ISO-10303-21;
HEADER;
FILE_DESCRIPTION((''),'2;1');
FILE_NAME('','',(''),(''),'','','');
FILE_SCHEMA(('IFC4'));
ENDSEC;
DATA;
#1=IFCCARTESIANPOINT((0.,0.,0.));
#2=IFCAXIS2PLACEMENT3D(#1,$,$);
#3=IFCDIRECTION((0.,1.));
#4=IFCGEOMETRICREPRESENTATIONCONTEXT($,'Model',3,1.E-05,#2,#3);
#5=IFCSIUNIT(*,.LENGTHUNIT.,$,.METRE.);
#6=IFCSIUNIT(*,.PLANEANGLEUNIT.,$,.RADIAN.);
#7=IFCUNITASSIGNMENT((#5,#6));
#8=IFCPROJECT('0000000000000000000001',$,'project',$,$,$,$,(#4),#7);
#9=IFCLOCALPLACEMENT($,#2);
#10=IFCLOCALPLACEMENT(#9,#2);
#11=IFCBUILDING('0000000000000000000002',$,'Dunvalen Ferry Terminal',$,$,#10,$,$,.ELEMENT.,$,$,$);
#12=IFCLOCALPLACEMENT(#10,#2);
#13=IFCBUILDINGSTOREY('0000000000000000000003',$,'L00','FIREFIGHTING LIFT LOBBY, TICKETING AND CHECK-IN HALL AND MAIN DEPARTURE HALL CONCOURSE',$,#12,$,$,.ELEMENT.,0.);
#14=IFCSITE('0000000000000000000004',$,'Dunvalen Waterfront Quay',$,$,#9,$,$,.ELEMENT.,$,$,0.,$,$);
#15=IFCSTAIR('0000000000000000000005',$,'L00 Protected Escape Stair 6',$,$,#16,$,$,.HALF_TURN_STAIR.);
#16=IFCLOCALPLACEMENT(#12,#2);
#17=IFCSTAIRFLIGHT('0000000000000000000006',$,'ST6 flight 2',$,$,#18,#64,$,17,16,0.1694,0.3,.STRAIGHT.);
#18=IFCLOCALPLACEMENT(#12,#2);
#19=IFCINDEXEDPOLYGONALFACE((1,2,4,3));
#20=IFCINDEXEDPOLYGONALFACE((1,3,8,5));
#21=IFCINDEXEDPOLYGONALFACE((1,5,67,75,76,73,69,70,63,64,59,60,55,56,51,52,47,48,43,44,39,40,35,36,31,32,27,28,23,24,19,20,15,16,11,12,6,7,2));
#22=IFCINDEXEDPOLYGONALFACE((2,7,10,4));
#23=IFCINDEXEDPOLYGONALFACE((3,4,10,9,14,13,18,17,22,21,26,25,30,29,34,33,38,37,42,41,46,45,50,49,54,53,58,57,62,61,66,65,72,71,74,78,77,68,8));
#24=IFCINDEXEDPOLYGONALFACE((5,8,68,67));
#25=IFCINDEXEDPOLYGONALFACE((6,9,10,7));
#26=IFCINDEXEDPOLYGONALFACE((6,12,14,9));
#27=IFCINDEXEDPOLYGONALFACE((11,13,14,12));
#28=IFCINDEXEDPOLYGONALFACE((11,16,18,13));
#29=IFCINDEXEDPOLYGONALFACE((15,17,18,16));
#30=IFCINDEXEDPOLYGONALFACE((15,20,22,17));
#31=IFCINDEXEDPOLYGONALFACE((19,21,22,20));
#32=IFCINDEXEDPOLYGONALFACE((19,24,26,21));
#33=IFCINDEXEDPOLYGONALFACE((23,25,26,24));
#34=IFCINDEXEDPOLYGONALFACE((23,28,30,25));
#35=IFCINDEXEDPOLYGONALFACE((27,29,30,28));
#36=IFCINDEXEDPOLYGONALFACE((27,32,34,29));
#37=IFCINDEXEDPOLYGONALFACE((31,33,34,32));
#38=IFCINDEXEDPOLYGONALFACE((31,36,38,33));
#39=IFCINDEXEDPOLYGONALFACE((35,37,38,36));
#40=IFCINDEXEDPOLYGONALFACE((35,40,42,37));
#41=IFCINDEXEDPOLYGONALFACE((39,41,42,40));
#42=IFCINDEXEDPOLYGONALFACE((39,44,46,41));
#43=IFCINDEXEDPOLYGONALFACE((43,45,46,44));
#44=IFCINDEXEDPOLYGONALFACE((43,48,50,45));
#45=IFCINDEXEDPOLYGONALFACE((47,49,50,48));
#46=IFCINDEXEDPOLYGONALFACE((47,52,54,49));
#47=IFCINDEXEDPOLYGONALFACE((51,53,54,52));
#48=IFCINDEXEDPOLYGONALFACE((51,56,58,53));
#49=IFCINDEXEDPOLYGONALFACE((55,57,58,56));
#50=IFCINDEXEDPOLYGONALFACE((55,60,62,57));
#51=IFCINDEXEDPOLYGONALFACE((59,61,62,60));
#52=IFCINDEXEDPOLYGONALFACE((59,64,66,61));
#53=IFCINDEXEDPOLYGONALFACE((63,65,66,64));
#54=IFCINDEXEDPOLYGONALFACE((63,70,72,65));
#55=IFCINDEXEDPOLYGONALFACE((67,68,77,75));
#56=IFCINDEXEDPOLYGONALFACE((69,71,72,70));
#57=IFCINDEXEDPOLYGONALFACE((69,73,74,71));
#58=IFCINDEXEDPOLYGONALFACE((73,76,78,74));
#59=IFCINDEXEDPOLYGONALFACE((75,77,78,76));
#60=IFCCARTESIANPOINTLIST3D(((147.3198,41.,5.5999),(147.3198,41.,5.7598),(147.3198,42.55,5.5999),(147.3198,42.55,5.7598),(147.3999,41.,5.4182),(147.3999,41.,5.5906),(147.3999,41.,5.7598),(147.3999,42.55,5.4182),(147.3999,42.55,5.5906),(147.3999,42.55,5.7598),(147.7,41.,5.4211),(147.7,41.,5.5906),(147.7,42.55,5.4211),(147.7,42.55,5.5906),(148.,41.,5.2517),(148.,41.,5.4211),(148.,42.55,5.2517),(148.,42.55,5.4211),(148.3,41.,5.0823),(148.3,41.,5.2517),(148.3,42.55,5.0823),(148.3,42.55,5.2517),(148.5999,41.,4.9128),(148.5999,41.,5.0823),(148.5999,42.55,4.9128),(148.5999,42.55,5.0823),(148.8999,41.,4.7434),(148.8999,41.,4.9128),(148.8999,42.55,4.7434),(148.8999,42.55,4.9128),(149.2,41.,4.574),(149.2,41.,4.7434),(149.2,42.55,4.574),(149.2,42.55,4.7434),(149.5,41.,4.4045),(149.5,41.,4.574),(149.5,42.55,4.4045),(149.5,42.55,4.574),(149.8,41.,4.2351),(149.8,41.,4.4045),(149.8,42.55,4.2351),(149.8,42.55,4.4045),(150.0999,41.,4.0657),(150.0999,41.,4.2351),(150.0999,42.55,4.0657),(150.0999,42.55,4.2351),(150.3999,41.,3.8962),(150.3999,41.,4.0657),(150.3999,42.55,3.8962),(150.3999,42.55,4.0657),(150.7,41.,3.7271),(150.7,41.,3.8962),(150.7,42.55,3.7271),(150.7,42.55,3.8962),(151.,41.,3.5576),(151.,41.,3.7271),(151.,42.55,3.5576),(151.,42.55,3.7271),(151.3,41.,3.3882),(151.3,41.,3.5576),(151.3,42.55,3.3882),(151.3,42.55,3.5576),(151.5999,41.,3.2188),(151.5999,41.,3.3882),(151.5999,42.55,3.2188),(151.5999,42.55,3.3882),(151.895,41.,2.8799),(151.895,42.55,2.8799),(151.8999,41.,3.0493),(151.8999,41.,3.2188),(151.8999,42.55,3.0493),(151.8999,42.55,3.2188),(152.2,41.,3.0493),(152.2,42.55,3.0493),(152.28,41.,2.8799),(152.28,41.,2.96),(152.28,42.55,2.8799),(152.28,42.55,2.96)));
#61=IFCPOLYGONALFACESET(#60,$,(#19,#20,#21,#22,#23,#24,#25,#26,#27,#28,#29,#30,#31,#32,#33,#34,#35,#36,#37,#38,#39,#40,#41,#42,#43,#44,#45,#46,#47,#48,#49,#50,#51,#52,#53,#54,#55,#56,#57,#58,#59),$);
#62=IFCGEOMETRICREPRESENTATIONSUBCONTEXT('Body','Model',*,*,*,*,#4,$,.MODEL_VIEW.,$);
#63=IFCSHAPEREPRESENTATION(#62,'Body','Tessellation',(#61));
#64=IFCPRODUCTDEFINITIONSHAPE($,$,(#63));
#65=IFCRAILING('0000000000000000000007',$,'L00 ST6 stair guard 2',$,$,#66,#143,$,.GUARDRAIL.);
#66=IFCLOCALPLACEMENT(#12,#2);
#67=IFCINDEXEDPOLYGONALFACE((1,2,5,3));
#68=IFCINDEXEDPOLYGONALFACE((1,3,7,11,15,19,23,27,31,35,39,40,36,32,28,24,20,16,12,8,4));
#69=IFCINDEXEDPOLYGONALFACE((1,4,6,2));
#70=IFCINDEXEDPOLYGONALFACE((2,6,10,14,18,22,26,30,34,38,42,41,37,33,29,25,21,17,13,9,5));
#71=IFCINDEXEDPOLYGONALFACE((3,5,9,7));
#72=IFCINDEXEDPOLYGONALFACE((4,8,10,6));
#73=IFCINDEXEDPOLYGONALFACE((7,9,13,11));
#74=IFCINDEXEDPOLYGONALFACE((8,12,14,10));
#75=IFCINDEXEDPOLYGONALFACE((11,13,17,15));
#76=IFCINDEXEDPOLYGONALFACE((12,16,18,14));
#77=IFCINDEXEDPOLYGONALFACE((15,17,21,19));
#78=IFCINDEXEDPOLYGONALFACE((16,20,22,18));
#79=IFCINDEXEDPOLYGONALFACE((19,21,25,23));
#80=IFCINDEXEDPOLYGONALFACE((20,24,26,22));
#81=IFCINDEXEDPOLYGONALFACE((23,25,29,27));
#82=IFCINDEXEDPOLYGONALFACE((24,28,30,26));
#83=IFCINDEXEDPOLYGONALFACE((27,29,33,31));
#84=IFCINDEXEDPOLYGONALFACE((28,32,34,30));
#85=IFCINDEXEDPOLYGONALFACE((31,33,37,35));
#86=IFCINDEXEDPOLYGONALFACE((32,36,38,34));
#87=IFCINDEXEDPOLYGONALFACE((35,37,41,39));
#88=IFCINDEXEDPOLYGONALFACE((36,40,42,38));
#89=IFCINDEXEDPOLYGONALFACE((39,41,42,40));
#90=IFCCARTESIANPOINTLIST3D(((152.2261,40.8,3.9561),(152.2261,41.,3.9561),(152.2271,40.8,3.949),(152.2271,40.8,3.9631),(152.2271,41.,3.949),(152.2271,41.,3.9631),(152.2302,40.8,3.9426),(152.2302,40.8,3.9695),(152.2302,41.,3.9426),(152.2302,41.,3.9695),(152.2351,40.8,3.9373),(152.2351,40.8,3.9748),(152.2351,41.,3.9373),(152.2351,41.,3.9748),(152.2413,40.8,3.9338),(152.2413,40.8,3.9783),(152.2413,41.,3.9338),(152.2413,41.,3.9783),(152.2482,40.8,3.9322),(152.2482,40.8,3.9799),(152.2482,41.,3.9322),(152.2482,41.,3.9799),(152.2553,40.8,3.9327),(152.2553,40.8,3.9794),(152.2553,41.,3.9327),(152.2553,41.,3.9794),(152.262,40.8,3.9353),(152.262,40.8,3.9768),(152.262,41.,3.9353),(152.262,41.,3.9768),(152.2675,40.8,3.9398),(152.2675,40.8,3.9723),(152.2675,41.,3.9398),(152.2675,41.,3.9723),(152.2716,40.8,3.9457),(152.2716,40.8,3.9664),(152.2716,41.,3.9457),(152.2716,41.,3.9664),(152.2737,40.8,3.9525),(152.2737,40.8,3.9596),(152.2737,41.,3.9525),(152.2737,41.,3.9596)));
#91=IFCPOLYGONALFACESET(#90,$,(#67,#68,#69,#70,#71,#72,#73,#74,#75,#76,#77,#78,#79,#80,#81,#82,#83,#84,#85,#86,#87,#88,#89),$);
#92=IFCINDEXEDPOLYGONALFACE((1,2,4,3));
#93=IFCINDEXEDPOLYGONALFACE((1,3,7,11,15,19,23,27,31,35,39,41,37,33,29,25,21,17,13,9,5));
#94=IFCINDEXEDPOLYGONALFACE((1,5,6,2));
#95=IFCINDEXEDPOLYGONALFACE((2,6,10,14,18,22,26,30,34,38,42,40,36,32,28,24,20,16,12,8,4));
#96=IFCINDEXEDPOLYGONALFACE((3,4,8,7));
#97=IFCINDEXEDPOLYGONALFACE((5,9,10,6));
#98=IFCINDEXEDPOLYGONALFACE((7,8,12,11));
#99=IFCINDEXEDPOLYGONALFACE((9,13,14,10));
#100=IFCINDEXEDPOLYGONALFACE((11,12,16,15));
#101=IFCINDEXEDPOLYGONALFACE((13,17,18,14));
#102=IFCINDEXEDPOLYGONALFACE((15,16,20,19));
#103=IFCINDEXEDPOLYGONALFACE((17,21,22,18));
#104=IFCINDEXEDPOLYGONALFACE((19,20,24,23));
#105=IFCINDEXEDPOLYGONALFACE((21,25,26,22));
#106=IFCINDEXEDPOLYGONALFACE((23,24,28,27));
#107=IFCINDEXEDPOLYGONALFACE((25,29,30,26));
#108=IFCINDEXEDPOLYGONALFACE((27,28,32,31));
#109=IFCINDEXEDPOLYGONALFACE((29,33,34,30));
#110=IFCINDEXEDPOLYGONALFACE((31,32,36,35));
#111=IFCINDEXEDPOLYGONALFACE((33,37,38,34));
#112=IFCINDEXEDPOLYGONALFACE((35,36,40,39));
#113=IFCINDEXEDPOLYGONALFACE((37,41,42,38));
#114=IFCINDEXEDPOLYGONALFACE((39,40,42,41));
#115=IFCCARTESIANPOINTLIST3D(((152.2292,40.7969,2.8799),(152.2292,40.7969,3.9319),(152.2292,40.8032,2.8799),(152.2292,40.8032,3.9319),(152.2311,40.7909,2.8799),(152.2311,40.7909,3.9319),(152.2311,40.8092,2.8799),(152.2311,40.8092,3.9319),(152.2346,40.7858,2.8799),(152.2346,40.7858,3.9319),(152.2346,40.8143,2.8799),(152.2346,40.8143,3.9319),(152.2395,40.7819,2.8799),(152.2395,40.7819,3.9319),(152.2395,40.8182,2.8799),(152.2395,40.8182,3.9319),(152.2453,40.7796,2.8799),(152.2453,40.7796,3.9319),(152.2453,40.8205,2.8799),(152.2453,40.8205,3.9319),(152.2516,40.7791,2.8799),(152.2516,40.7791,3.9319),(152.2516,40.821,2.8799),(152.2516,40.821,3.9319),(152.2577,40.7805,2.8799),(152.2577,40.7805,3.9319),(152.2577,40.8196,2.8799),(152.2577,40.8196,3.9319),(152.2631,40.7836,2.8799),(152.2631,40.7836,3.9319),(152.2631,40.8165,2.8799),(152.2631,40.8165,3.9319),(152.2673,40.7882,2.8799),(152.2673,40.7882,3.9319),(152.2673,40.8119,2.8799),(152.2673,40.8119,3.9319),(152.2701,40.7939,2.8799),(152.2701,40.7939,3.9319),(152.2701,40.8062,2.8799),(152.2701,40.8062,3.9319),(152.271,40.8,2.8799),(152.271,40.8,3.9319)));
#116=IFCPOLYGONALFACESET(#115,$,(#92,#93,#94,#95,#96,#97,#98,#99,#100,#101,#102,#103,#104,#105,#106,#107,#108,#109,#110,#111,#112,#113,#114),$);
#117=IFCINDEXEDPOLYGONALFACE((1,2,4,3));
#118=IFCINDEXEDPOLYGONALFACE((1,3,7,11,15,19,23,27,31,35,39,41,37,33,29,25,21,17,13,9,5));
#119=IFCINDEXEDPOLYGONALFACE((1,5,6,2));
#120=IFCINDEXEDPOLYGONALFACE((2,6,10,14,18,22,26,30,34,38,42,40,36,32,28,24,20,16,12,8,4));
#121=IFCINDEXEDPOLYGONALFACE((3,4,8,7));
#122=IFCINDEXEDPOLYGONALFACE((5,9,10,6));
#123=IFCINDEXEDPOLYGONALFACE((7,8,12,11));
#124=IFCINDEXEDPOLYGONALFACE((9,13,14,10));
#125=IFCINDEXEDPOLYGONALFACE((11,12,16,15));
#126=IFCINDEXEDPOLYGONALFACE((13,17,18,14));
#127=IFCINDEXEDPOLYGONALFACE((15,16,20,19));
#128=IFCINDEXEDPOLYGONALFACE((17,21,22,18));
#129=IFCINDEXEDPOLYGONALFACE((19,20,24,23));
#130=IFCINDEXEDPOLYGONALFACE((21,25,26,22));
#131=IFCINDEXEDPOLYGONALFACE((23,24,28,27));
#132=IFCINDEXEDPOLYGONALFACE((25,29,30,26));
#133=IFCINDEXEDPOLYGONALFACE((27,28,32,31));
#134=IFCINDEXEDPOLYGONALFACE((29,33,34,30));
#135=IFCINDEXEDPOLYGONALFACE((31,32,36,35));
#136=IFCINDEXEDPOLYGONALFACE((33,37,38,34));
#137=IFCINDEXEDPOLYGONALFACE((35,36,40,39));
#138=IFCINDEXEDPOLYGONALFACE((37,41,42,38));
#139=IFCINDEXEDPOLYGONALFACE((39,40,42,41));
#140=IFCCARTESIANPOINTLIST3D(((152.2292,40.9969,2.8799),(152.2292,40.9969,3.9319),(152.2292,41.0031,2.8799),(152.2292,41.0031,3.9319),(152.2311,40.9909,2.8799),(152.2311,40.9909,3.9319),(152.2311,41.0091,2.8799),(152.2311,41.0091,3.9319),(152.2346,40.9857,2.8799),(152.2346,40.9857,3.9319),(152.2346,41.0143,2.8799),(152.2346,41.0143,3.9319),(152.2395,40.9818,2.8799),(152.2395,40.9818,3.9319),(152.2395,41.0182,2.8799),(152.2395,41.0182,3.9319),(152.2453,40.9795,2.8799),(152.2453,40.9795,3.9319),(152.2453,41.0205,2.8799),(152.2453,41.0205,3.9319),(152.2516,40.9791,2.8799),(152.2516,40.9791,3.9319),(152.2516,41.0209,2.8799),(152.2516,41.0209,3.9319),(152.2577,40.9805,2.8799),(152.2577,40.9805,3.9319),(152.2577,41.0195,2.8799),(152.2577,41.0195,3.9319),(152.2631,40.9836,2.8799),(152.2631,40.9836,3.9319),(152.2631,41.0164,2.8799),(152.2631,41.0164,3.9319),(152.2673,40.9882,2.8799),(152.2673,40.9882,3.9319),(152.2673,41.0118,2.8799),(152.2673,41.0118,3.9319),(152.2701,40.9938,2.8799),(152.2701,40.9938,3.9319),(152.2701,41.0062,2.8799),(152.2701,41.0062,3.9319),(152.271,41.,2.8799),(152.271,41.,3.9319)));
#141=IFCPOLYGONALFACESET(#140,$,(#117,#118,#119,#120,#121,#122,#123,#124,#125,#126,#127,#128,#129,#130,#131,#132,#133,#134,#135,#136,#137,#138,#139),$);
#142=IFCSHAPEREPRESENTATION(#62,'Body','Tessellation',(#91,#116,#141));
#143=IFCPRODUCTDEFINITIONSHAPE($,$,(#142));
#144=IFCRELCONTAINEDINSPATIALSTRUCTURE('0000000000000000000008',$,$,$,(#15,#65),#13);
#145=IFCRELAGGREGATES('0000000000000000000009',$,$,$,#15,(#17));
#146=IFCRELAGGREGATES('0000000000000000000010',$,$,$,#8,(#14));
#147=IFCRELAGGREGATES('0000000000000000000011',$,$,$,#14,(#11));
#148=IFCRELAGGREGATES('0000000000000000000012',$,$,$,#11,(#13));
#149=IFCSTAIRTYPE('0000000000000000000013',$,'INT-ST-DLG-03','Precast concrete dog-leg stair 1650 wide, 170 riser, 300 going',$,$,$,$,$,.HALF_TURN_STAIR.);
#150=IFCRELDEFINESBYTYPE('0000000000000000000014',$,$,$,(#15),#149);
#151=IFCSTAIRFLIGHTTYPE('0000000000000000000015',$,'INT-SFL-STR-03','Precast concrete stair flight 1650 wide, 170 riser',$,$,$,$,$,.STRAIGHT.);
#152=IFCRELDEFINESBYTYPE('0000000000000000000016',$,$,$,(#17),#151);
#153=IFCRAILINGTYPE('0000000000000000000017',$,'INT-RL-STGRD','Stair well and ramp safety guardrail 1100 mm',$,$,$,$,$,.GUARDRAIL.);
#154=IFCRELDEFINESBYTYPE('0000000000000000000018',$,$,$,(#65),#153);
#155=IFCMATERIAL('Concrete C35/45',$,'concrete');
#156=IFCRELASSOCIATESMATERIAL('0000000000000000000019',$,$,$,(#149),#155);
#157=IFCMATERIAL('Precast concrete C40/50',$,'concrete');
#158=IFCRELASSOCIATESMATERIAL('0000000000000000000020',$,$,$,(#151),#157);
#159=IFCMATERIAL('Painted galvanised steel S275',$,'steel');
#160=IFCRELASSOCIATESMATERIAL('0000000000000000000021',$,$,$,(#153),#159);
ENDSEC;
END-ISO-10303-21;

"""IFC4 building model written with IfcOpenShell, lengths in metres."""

from ifc_helpers import new_model, si_unit, direction, frame, origin, origin_2d, place, context, subcontext, project, spatial, polyline, circle, outline, extrude, material, type_object, element, aggregate, save


model = new_model("IFC4")

# Units and contexts
model_context = context("Model", 3, precision=1e-05, world=origin(), true_north=direction((0.0, 1.0)))
body_context = subcontext(model_context, "Body", "Model", "MODEL_VIEW")
ifc_project = project(units=[si_unit("LENGTHUNIT", "METRE"), si_unit("PLANEANGLEUNIT", "RADIAN")], contexts=[model_context])

# Site, building, storey
site_placement = place(None, origin())
site = spatial("IfcSite", under=ifc_project, at=site_placement, Name="Dunvalen Waterfront Quay", CompositionType="ELEMENT", RefElevation=0.0)
building_placement = place(site_placement, origin())
building = spatial("IfcBuilding", under=site, at=building_placement, Name="Dunvalen Ferry Terminal", CompositionType="ELEMENT")
storey_placement = place(building_placement, origin())
storey = spatial("IfcBuildingStorey", under=building, at=storey_placement, Name="L00", Description="FIREFIGHTING LIFT LOBBY, TICKETING AND CHECK-IN HALL AND MAIN DEPARTURE HALL CONCOURSE", CompositionType="ELEMENT", Elevation=0.0)

# Stair, stair flight
ifc_material_1 = material(Name="Concrete C35/45", Category="concrete")
stair_type = type_object("IfcStairType", Name="INT-ST-DLG-03", Description="Precast concrete dog-leg stair 1650 wide, 170 riser, 300 going", PredefinedType="HALF_TURN_STAIR", material=ifc_material_1)
stair_placement = place(storey_placement, origin())
stair = element("IfcStair", 1, at=stair_placement, inside=storey, type_object=stair_type, Name="L00 Protected Escape Stair 6", PredefinedType="HALF_TURN_STAIR")
ifc_material_2 = material(Name="Precast concrete C40/50", Category="concrete")
stair_flight_type = type_object("IfcStairFlightType", Name="INT-SFL-STR-03", Description="Precast concrete stair flight 1650 wide, 170 riser", PredefinedType="STRAIGHT", material=ifc_material_2)
stair_flight_placement = place(storey_placement, frame((152.2, 41.7749, 2.8799), z_axis=(0.0, 0.0, 1.0), x_axis=(-1.0, 0.0, 0.0)))
stair_flight = element("IfcStairFlight", 2, at=stair_flight_placement, type_object=stair_flight_type, Name="ST6 flight 2", NumberOfRisers=17, NumberOfTreads=16, PredefinedType="STRAIGHT", RiserHeight=0.1694, TreadLength=0.3, context=body_context, shape_type="SweptSolid", body=[
    extrude(outline(polyline([(-0.0801, 0.0), (-0.0801, 0.0801), (0.0, 0.1694), (0.3, 0.1694), (0.3, 0.3389), (0.6001, 0.3389), (0.6001, 0.5083), (0.8999, 0.5083), (0.8999, 0.6777), (1.2, 0.6777), (1.2, 0.8472), (1.5, 0.8472), (1.5, 1.0164), (1.8, 1.0164), (1.8, 1.1858), (2.1001, 1.1858), (2.1001, 1.3552), (2.3999, 1.3552), (2.3999, 1.5247), (2.7, 1.5247), (2.7, 1.6941), (3.0, 1.6941), (3.0, 1.8635), (3.3, 1.8635), (3.3, 2.033), (3.6001, 2.033), (3.6001, 2.2024), (3.8999, 2.2024), (3.8999, 2.3718), (4.2, 2.3718), (4.2, 2.5413), (4.5, 2.5413), (4.5, 2.7107), (4.8, 2.7107), (4.8, 2.8799), (4.8801, 2.8799), (4.8801, 2.72), (4.8, 2.5383), (0.3049, 0.0), (-0.0801, 0.0)])), frame((0.0, 0.7749, 0.0), z_axis=(0.0, -1.0, 0.0), x_axis=(1.0, 0.0, 0.0)), (0.0, 0.0, 1.0), 1.55),
])
aggregate(stair, [stair_flight])

# Railing
ifc_material_3 = material(Name="Painted galvanised steel S275", Category="steel")
railing_type = type_object("IfcRailingType", Name="INT-RL-STGRD", Description="Stair well and ramp safety guardrail 1100 mm", PredefinedType="GUARDRAIL", material=ifc_material_3)
railing_1_placement = place(storey_placement, frame((152.25, 40.8, 2.8799)))
element("IfcRailing", 3, at=railing_1_placement, inside=storey, type_object=railing_type, Name="L00 ST6 stair guard 2", PredefinedType="GUARDRAIL", context=body_context, shape_type="SweptSolid", body=[
    extrude(circle(Radius=0.0239, at=origin_2d()), frame((0.0, 0.0, 1.0762), z_axis=(0.0, 1.0, 0.0), x_axis=(-1.0, 0.0, 0.0)), (0.0, 0.0, 1.0), 0.2),
    extrude(circle(Radius=0.021, at=origin_2d()), origin(), (0.0, 0.0, 1.0), 1.052),
    extrude(circle(Radius=0.021, at=origin_2d()), frame((0.0, 0.2, 0.0)), (0.0, 0.0, 1.0), 1.052),
])

save(model, "model.ifc")
